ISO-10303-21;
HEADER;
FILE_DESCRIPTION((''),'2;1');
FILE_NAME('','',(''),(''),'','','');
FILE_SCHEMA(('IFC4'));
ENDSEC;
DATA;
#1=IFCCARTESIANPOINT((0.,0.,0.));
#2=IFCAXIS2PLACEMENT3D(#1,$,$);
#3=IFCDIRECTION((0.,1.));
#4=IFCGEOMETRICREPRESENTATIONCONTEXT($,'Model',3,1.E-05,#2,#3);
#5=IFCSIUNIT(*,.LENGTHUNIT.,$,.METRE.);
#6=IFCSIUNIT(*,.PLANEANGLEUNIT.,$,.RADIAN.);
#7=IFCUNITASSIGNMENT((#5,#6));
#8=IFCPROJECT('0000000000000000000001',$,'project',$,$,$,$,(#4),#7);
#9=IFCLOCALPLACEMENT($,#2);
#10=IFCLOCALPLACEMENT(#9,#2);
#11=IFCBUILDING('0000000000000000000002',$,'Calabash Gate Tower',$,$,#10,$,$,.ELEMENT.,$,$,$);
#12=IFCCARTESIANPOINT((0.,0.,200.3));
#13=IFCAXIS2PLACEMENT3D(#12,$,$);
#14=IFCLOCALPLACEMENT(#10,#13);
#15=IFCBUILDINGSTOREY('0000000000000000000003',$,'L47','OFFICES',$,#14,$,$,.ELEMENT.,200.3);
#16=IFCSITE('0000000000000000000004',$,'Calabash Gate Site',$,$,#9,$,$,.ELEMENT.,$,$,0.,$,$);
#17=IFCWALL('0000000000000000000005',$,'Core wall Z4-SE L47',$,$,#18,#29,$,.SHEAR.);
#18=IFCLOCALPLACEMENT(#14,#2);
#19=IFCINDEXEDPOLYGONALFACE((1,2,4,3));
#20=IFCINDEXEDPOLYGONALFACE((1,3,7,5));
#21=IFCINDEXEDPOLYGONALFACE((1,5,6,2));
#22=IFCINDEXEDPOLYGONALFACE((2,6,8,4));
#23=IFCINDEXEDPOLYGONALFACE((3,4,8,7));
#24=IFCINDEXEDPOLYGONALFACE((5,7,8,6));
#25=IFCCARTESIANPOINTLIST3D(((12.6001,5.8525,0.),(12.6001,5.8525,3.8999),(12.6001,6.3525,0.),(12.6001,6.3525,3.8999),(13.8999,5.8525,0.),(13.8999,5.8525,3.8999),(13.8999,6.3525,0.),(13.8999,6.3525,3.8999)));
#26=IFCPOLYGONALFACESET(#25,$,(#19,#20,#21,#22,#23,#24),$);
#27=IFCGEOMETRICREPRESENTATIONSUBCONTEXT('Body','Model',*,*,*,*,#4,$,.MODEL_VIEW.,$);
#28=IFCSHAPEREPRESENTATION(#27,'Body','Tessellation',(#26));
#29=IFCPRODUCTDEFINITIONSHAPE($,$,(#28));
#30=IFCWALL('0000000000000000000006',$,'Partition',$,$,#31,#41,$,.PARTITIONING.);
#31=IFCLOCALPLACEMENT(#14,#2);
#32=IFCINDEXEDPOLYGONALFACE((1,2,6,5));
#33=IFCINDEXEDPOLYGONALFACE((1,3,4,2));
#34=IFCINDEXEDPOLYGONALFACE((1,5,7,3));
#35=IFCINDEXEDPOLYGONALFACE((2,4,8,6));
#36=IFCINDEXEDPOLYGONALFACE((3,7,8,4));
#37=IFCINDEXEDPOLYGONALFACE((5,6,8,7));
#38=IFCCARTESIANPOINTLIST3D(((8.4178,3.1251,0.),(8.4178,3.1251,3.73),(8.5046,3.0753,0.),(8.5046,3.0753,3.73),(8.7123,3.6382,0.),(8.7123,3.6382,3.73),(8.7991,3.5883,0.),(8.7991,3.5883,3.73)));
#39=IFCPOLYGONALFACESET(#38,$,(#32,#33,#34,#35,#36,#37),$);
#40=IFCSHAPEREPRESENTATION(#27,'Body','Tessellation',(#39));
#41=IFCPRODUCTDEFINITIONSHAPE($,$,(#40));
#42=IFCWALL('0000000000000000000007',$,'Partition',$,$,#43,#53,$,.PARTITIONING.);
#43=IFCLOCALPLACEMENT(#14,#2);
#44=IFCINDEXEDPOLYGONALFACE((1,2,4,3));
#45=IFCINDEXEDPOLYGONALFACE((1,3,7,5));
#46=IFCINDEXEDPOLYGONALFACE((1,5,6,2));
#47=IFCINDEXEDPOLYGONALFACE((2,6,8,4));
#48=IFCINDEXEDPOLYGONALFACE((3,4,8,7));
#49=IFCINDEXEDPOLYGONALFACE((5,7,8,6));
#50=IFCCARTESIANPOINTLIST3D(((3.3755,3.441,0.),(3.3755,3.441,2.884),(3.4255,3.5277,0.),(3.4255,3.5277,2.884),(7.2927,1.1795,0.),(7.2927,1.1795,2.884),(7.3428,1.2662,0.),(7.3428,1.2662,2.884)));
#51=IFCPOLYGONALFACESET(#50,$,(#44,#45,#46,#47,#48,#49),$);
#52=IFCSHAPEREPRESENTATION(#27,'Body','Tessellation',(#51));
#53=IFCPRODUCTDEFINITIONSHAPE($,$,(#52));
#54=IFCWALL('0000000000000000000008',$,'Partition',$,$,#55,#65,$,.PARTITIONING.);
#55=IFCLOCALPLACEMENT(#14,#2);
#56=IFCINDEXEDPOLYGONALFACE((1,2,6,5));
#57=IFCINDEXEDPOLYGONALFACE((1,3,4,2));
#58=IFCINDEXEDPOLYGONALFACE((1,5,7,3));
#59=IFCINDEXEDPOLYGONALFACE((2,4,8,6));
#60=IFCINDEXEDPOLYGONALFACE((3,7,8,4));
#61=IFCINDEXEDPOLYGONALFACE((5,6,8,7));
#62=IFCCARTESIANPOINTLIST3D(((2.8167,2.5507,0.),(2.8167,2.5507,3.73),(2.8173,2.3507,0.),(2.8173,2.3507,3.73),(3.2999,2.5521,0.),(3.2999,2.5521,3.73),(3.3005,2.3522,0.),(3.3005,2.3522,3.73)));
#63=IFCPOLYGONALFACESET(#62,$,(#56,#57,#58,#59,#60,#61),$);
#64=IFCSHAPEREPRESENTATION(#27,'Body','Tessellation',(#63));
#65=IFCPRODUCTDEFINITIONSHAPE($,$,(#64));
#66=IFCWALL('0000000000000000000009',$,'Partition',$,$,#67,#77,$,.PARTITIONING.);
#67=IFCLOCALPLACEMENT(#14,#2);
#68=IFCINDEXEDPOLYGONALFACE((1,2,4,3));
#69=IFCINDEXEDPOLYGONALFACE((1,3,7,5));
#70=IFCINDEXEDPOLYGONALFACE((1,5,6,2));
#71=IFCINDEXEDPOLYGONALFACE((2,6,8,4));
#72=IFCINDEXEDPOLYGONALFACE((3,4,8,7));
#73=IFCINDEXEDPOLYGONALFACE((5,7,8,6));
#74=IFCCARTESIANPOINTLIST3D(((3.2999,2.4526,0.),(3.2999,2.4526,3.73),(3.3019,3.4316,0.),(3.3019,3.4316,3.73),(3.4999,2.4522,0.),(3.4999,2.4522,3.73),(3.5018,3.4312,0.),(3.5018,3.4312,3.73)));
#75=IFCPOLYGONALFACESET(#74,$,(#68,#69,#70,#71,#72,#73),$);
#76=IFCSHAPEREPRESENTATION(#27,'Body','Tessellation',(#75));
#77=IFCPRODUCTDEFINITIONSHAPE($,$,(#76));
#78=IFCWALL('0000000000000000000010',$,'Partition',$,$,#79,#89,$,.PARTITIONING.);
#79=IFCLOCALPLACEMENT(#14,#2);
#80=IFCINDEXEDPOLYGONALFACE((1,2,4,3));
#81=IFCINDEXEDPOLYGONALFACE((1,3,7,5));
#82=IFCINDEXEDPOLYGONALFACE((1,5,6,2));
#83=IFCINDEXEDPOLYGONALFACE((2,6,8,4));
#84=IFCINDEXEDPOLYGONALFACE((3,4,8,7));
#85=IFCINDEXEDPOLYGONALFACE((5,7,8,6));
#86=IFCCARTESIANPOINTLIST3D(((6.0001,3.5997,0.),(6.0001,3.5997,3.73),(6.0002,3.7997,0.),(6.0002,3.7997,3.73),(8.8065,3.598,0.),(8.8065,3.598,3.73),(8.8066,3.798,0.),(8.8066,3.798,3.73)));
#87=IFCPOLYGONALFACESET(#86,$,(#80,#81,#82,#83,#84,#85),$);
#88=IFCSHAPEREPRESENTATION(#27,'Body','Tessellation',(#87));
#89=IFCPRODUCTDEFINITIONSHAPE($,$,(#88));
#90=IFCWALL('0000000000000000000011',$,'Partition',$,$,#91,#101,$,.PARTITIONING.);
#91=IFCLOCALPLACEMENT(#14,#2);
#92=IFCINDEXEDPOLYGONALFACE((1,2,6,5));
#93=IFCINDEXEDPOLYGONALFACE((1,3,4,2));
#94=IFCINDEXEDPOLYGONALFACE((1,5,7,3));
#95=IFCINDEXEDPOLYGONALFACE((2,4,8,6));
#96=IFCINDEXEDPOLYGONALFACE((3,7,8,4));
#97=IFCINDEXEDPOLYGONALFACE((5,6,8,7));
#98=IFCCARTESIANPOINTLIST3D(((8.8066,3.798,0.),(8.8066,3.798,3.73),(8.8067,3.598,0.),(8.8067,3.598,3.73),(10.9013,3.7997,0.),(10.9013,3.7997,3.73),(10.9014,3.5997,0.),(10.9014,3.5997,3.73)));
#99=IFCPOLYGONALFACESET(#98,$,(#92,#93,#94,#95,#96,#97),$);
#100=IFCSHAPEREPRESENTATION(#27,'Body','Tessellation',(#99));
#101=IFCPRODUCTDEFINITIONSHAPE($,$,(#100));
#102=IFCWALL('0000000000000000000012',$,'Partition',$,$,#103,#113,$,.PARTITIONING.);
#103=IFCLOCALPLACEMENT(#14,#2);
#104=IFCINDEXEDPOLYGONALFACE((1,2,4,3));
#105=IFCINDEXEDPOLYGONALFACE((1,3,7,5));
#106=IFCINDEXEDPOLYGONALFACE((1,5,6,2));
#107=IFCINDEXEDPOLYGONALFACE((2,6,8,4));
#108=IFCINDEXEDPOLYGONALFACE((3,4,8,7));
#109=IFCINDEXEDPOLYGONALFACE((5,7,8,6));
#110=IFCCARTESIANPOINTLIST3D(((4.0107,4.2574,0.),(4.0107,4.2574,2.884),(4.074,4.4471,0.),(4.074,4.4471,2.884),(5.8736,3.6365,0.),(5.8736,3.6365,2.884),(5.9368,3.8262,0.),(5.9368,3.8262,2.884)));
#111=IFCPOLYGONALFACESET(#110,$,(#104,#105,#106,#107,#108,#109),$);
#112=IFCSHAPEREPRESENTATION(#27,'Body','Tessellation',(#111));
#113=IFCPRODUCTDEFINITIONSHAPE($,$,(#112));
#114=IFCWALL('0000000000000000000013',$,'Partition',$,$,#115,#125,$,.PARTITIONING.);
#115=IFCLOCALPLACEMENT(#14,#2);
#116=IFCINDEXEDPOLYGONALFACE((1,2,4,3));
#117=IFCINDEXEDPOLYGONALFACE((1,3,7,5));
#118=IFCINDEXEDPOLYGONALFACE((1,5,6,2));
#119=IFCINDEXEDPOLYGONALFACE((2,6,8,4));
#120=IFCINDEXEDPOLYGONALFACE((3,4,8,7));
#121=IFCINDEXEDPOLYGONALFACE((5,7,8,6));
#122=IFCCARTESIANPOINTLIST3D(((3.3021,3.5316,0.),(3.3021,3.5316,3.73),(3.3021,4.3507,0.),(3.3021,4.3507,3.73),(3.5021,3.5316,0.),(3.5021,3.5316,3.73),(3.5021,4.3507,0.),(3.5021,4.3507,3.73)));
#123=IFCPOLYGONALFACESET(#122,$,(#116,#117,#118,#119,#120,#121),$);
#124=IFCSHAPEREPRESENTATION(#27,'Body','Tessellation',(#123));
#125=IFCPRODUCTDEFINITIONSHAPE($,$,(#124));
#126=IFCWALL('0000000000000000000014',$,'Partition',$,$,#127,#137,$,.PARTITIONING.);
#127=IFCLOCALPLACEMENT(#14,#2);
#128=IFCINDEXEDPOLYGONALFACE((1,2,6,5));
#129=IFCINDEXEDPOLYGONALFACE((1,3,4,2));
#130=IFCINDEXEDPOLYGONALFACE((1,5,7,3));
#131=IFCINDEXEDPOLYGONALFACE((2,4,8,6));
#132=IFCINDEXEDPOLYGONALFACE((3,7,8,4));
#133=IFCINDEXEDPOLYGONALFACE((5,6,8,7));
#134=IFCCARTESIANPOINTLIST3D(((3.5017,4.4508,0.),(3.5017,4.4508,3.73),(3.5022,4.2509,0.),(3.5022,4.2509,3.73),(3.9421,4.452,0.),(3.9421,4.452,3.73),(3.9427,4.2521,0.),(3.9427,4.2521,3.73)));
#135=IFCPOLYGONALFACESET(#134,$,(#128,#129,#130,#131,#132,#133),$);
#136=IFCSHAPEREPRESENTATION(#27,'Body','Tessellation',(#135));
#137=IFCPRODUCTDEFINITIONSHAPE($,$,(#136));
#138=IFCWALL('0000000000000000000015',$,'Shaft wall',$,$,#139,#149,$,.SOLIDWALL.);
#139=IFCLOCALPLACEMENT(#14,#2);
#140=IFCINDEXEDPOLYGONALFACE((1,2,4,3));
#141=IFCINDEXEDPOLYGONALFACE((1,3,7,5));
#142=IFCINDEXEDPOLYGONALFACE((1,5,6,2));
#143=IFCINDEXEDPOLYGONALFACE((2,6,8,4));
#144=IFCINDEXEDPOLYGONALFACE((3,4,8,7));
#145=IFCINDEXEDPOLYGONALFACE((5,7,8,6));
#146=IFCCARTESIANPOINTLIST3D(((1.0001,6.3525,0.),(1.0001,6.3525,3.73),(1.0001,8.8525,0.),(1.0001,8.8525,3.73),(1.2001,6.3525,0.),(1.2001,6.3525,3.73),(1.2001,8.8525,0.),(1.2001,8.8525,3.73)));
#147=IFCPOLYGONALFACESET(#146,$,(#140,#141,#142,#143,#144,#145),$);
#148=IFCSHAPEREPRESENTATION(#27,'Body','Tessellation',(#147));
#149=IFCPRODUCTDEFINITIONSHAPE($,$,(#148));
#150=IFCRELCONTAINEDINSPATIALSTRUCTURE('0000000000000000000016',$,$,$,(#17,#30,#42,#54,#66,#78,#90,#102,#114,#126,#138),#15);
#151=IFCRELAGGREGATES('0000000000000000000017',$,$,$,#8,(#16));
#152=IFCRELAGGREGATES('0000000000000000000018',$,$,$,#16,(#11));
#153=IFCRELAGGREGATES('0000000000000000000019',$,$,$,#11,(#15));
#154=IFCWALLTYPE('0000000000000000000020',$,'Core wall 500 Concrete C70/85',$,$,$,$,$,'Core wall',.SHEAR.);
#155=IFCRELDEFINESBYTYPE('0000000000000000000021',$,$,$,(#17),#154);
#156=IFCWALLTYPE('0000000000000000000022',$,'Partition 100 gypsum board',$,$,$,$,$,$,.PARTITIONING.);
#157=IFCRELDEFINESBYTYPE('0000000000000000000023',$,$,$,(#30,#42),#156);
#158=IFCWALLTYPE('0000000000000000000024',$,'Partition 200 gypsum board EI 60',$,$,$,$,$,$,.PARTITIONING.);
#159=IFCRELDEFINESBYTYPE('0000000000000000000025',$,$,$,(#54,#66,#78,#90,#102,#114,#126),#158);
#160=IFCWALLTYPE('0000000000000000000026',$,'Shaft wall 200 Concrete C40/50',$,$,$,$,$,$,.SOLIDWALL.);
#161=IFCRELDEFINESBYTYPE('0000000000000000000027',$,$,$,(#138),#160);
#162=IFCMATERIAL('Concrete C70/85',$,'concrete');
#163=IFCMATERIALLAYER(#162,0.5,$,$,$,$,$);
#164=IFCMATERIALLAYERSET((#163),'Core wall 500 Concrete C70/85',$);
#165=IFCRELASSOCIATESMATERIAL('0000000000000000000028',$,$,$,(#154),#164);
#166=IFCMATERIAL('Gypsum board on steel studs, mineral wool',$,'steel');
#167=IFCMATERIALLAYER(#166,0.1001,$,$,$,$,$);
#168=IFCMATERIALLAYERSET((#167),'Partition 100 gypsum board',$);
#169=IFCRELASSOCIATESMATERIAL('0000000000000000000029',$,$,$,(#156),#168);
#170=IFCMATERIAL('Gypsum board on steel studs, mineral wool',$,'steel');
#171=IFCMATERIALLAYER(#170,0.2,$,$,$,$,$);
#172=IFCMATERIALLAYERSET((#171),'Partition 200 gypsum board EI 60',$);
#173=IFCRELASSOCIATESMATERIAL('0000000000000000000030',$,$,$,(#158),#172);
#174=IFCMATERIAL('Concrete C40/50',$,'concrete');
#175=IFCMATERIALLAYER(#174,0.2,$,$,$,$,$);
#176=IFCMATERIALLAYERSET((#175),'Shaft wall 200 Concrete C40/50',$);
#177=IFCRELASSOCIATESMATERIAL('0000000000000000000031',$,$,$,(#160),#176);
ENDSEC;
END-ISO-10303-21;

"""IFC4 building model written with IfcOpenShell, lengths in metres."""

from ifc_helpers import new_model, si_unit, direction, frame, frame_2d, origin, place, context, subcontext, project, spatial, rectangle, extrude, material, layer, layer_set, type_object, element, save


model = new_model("IFC4")

# Units and contexts
model_context = context("Model", 3, precision=1e-05, world=origin(), true_north=direction((0.0, 1.0)))
body_context = subcontext(model_context, "Body", "Model", "MODEL_VIEW")
ifc_project = project(units=[si_unit("LENGTHUNIT", "METRE"), si_unit("PLANEANGLEUNIT", "RADIAN")], contexts=[model_context])

# Site, building, storey
site_placement = place(None, origin())
site = spatial("IfcSite", under=ifc_project, at=site_placement, Name="Calabash Gate Site", CompositionType="ELEMENT", RefElevation=0.0)
building_placement = place(site_placement, origin())
building = spatial("IfcBuilding", under=site, at=building_placement, Name="Calabash Gate Tower", CompositionType="ELEMENT")
storey_placement = place(building_placement, frame((0.0, 0.0, 200.3)))
storey = spatial("IfcBuildingStorey", under=building, at=storey_placement, Name="L47", Description="OFFICES", CompositionType="ELEMENT", Elevation=200.3)

# Shared definitions
ifc_material_1 = material(Name="Concrete C70/85", Category="concrete")
ifc_layer_1 = layer(ifc_material_1, 0.5)
ifc_layer_set_1 = layer_set([ifc_layer_1], Name="Core wall 500 Concrete C70/85")
wall_type_1 = type_object("IfcWallType", Name="Core wall 500 Concrete C70/85", ElementType="Core wall", PredefinedType="SHEAR", material=ifc_layer_set_1)

# Walls
wall_1_placement = place(storey_placement, frame((12.6001, 6.1025, 0.0), z_axis=(0.0, 0.0, 1.0), x_axis=(1.0, 0.0, 0.0)))
element("IfcWall", 1, at=wall_1_placement, inside=storey, type_object=wall_type_1, Name="Core wall Z4-SE L47", PredefinedType="SHEAR", context=body_context, shape_type="SweptSolid", body=[
    extrude(rectangle(XDim=1.2998, YDim=0.5, at=frame_2d((0.6499, 0.0))), origin(), (0.0, 0.0, 1.0), 3.8999),
])
ifc_material_2 = material(Name="Gypsum board on steel studs, mineral wool", Category="steel")
ifc_layer_2 = layer(ifc_material_2, 0.1001)
ifc_layer_set_2 = layer_set([ifc_layer_2], Name="Partition 100 gypsum board")
wall_type_2 = type_object("IfcWallType", Name="Partition 100 gypsum board", PredefinedType="PARTITIONING", material=ifc_layer_set_2)
wall_2_placement = place(storey_placement, frame((8.4612, 3.1001, 0.0), z_axis=(0.0, 0.0, 1.0), x_axis=(0.497827, 0.867276, 0.0)))
element("IfcWall", 2, at=wall_2_placement, inside=storey, type_object=wall_type_2, Name="Partition", PredefinedType="PARTITIONING", context=body_context, shape_type="SweptSolid", body=[
    extrude(rectangle(XDim=0.5916, YDim=0.1001, at=frame_2d((0.2959, 0.0))), origin(), (0.0, 0.0, 1.0), 3.73),
])
wall_3_placement = place(storey_placement, frame((3.4004, 3.4844, 0.0), z_axis=(0.0, 0.0, 1.0), x_axis=(0.866039, -0.499976, 0.0)))
element("IfcWall", 3, at=wall_3_placement, inside=storey, type_object=wall_type_2, Name="Partition", PredefinedType="PARTITIONING", context=body_context, shape_type="SweptSolid", body=[
    extrude(rectangle(XDim=4.5232, YDim=0.1001, at=frame_2d((2.2617, 0.0))), origin(), (0.0, 0.0, 1.0), 2.884),
])
ifc_material_3 = material(Name="Gypsum board on steel studs, mineral wool", Category="steel")
ifc_layer_3 = layer(ifc_material_3, 0.2)
ifc_layer_set_3 = layer_set([ifc_layer_3], Name="Partition 200 gypsum board EI 60")
wall_type_3 = type_object("IfcWallType", Name="Partition 200 gypsum board EI 60", PredefinedType="PARTITIONING", material=ifc_layer_set_3)
wall_4_placement = place(storey_placement, frame((2.8169, 2.4507, 0.0), z_axis=(0.0, 0.0, 1.0), x_axis=(0.999995, 0.003032, 0.0)))
element("IfcWall", 4, at=wall_4_placement, inside=storey, type_object=wall_type_3, Name="Partition", PredefinedType="PARTITIONING", context=body_context, shape_type="SweptSolid", body=[
    extrude(rectangle(XDim=0.4832, YDim=0.2, at=frame_2d((0.2417, 0.0))), origin(), (0.0, 0.0, 1.0), 3.73),
])
wall_5_placement = place(storey_placement, frame((3.3999, 2.4524, 0.0), z_axis=(0.0, 0.0, 1.0), x_axis=(0.001995, 0.999998, 0.0)))
element("IfcWall", 5, at=wall_5_placement, inside=storey, type_object=wall_type_3, Name="Partition", PredefinedType="PARTITIONING", context=body_context, shape_type="SweptSolid", body=[
    extrude(rectangle(XDim=0.979, YDim=0.2, at=frame_2d((0.4895, 0.0))), origin(), (0.0, 0.0, 1.0), 3.73),
])
wall_6_placement = place(storey_placement, frame((6.0, 3.6997, 0.0), z_axis=(0.0, 0.0, 1.0), x_axis=(1.0, -0.000609, 0.0)))
element("IfcWall", 6, at=wall_6_placement, inside=storey, type_object=wall_type_3, Name="Partition", PredefinedType="PARTITIONING", context=body_context, shape_type="SweptSolid", body=[
    extrude(rectangle(XDim=2.8064, YDim=0.2, at=frame_2d((1.4033, 0.0))), origin(), (0.0, 0.0, 1.0), 3.73),
])
wall_7_placement = place(storey_placement, frame((8.8066, 3.698, 0.0), z_axis=(0.0, 0.0, 1.0), x_axis=(1.0, 0.000816, 0.0)))
element("IfcWall", 7, at=wall_7_placement, inside=storey, type_object=wall_type_3, Name="Partition", PredefinedType="PARTITIONING", context=body_context, shape_type="SweptSolid", body=[
    extrude(rectangle(XDim=2.0947, YDim=0.2, at=frame_2d((1.0474, 0.0))), origin(), (0.0, 0.0, 1.0), 3.73),
])
wall_8_placement = place(storey_placement, frame((4.0422, 4.3523, 0.0), z_axis=(0.0, 0.0, 1.0), x_axis=(0.948696, -0.31619, 0.0)))
element("IfcWall", 8, at=wall_8_placement, inside=storey, type_object=wall_type_3, Name="Partition", PredefinedType="PARTITIONING", context=body_context, shape_type="SweptSolid", body=[
    extrude(rectangle(XDim=1.9636, YDim=0.2, at=frame_2d((0.9819, 0.0))), origin(), (0.0, 0.0, 1.0), 2.884),
])
wall_9_placement = place(storey_placement, frame((3.4021, 3.5315, 0.0), z_axis=(0.0, 0.0, 1.0), x_axis=(0.0, 1.0, 0.0)))
element("IfcWall", 9, at=wall_9_placement, inside=storey, type_object=wall_type_3, Name="Partition", PredefinedType="PARTITIONING", context=body_context, shape_type="SweptSolid", body=[
    extrude(rectangle(XDim=0.8191, YDim=0.2, at=frame_2d((0.4097, 0.0))), origin(), (0.0, 0.0, 1.0), 3.73),
])
wall_10_placement = place(storey_placement, frame((3.502, 4.3508, 0.0), z_axis=(0.0, 0.0, 1.0), x_axis=(0.999996, 0.002772, 0.0)))
element("IfcWall", 10, at=wall_10_placement, inside=storey, type_object=wall_type_3, Name="Partition", PredefinedType="PARTITIONING", context=body_context, shape_type="SweptSolid", body=[
    extrude(rectangle(XDim=0.4404, YDim=0.2, at=frame_2d((0.2202, 0.0))), origin(), (0.0, 0.0, 1.0), 3.73),
])
ifc_material_4 = material(Name="Concrete C40/50", Category="concrete")
ifc_layer_4 = layer(ifc_material_4, 0.2)
ifc_layer_set_4 = layer_set([ifc_layer_4], Name="Shaft wall 200 Concrete C40/50")
wall_type_4 = type_object("IfcWallType", Name="Shaft wall 200 Concrete C40/50", PredefinedType="SOLIDWALL", material=ifc_layer_set_4)
wall_11_placement = place(storey_placement, frame((1.1001, 6.3525, 0.0), z_axis=(0.0, 0.0, 1.0), x_axis=(0.0, 1.0, 0.0)))
element("IfcWall", 11, at=wall_11_placement, inside=storey, type_object=wall_type_4, Name="Shaft wall", PredefinedType="SOLIDWALL", context=body_context, shape_type="SweptSolid", body=[
    extrude(rectangle(XDim=2.5, YDim=0.2, at=frame_2d((1.25, 0.0))), origin(), (0.0, 0.0, 1.0), 3.73),
])

save(model, "model.ifc")
